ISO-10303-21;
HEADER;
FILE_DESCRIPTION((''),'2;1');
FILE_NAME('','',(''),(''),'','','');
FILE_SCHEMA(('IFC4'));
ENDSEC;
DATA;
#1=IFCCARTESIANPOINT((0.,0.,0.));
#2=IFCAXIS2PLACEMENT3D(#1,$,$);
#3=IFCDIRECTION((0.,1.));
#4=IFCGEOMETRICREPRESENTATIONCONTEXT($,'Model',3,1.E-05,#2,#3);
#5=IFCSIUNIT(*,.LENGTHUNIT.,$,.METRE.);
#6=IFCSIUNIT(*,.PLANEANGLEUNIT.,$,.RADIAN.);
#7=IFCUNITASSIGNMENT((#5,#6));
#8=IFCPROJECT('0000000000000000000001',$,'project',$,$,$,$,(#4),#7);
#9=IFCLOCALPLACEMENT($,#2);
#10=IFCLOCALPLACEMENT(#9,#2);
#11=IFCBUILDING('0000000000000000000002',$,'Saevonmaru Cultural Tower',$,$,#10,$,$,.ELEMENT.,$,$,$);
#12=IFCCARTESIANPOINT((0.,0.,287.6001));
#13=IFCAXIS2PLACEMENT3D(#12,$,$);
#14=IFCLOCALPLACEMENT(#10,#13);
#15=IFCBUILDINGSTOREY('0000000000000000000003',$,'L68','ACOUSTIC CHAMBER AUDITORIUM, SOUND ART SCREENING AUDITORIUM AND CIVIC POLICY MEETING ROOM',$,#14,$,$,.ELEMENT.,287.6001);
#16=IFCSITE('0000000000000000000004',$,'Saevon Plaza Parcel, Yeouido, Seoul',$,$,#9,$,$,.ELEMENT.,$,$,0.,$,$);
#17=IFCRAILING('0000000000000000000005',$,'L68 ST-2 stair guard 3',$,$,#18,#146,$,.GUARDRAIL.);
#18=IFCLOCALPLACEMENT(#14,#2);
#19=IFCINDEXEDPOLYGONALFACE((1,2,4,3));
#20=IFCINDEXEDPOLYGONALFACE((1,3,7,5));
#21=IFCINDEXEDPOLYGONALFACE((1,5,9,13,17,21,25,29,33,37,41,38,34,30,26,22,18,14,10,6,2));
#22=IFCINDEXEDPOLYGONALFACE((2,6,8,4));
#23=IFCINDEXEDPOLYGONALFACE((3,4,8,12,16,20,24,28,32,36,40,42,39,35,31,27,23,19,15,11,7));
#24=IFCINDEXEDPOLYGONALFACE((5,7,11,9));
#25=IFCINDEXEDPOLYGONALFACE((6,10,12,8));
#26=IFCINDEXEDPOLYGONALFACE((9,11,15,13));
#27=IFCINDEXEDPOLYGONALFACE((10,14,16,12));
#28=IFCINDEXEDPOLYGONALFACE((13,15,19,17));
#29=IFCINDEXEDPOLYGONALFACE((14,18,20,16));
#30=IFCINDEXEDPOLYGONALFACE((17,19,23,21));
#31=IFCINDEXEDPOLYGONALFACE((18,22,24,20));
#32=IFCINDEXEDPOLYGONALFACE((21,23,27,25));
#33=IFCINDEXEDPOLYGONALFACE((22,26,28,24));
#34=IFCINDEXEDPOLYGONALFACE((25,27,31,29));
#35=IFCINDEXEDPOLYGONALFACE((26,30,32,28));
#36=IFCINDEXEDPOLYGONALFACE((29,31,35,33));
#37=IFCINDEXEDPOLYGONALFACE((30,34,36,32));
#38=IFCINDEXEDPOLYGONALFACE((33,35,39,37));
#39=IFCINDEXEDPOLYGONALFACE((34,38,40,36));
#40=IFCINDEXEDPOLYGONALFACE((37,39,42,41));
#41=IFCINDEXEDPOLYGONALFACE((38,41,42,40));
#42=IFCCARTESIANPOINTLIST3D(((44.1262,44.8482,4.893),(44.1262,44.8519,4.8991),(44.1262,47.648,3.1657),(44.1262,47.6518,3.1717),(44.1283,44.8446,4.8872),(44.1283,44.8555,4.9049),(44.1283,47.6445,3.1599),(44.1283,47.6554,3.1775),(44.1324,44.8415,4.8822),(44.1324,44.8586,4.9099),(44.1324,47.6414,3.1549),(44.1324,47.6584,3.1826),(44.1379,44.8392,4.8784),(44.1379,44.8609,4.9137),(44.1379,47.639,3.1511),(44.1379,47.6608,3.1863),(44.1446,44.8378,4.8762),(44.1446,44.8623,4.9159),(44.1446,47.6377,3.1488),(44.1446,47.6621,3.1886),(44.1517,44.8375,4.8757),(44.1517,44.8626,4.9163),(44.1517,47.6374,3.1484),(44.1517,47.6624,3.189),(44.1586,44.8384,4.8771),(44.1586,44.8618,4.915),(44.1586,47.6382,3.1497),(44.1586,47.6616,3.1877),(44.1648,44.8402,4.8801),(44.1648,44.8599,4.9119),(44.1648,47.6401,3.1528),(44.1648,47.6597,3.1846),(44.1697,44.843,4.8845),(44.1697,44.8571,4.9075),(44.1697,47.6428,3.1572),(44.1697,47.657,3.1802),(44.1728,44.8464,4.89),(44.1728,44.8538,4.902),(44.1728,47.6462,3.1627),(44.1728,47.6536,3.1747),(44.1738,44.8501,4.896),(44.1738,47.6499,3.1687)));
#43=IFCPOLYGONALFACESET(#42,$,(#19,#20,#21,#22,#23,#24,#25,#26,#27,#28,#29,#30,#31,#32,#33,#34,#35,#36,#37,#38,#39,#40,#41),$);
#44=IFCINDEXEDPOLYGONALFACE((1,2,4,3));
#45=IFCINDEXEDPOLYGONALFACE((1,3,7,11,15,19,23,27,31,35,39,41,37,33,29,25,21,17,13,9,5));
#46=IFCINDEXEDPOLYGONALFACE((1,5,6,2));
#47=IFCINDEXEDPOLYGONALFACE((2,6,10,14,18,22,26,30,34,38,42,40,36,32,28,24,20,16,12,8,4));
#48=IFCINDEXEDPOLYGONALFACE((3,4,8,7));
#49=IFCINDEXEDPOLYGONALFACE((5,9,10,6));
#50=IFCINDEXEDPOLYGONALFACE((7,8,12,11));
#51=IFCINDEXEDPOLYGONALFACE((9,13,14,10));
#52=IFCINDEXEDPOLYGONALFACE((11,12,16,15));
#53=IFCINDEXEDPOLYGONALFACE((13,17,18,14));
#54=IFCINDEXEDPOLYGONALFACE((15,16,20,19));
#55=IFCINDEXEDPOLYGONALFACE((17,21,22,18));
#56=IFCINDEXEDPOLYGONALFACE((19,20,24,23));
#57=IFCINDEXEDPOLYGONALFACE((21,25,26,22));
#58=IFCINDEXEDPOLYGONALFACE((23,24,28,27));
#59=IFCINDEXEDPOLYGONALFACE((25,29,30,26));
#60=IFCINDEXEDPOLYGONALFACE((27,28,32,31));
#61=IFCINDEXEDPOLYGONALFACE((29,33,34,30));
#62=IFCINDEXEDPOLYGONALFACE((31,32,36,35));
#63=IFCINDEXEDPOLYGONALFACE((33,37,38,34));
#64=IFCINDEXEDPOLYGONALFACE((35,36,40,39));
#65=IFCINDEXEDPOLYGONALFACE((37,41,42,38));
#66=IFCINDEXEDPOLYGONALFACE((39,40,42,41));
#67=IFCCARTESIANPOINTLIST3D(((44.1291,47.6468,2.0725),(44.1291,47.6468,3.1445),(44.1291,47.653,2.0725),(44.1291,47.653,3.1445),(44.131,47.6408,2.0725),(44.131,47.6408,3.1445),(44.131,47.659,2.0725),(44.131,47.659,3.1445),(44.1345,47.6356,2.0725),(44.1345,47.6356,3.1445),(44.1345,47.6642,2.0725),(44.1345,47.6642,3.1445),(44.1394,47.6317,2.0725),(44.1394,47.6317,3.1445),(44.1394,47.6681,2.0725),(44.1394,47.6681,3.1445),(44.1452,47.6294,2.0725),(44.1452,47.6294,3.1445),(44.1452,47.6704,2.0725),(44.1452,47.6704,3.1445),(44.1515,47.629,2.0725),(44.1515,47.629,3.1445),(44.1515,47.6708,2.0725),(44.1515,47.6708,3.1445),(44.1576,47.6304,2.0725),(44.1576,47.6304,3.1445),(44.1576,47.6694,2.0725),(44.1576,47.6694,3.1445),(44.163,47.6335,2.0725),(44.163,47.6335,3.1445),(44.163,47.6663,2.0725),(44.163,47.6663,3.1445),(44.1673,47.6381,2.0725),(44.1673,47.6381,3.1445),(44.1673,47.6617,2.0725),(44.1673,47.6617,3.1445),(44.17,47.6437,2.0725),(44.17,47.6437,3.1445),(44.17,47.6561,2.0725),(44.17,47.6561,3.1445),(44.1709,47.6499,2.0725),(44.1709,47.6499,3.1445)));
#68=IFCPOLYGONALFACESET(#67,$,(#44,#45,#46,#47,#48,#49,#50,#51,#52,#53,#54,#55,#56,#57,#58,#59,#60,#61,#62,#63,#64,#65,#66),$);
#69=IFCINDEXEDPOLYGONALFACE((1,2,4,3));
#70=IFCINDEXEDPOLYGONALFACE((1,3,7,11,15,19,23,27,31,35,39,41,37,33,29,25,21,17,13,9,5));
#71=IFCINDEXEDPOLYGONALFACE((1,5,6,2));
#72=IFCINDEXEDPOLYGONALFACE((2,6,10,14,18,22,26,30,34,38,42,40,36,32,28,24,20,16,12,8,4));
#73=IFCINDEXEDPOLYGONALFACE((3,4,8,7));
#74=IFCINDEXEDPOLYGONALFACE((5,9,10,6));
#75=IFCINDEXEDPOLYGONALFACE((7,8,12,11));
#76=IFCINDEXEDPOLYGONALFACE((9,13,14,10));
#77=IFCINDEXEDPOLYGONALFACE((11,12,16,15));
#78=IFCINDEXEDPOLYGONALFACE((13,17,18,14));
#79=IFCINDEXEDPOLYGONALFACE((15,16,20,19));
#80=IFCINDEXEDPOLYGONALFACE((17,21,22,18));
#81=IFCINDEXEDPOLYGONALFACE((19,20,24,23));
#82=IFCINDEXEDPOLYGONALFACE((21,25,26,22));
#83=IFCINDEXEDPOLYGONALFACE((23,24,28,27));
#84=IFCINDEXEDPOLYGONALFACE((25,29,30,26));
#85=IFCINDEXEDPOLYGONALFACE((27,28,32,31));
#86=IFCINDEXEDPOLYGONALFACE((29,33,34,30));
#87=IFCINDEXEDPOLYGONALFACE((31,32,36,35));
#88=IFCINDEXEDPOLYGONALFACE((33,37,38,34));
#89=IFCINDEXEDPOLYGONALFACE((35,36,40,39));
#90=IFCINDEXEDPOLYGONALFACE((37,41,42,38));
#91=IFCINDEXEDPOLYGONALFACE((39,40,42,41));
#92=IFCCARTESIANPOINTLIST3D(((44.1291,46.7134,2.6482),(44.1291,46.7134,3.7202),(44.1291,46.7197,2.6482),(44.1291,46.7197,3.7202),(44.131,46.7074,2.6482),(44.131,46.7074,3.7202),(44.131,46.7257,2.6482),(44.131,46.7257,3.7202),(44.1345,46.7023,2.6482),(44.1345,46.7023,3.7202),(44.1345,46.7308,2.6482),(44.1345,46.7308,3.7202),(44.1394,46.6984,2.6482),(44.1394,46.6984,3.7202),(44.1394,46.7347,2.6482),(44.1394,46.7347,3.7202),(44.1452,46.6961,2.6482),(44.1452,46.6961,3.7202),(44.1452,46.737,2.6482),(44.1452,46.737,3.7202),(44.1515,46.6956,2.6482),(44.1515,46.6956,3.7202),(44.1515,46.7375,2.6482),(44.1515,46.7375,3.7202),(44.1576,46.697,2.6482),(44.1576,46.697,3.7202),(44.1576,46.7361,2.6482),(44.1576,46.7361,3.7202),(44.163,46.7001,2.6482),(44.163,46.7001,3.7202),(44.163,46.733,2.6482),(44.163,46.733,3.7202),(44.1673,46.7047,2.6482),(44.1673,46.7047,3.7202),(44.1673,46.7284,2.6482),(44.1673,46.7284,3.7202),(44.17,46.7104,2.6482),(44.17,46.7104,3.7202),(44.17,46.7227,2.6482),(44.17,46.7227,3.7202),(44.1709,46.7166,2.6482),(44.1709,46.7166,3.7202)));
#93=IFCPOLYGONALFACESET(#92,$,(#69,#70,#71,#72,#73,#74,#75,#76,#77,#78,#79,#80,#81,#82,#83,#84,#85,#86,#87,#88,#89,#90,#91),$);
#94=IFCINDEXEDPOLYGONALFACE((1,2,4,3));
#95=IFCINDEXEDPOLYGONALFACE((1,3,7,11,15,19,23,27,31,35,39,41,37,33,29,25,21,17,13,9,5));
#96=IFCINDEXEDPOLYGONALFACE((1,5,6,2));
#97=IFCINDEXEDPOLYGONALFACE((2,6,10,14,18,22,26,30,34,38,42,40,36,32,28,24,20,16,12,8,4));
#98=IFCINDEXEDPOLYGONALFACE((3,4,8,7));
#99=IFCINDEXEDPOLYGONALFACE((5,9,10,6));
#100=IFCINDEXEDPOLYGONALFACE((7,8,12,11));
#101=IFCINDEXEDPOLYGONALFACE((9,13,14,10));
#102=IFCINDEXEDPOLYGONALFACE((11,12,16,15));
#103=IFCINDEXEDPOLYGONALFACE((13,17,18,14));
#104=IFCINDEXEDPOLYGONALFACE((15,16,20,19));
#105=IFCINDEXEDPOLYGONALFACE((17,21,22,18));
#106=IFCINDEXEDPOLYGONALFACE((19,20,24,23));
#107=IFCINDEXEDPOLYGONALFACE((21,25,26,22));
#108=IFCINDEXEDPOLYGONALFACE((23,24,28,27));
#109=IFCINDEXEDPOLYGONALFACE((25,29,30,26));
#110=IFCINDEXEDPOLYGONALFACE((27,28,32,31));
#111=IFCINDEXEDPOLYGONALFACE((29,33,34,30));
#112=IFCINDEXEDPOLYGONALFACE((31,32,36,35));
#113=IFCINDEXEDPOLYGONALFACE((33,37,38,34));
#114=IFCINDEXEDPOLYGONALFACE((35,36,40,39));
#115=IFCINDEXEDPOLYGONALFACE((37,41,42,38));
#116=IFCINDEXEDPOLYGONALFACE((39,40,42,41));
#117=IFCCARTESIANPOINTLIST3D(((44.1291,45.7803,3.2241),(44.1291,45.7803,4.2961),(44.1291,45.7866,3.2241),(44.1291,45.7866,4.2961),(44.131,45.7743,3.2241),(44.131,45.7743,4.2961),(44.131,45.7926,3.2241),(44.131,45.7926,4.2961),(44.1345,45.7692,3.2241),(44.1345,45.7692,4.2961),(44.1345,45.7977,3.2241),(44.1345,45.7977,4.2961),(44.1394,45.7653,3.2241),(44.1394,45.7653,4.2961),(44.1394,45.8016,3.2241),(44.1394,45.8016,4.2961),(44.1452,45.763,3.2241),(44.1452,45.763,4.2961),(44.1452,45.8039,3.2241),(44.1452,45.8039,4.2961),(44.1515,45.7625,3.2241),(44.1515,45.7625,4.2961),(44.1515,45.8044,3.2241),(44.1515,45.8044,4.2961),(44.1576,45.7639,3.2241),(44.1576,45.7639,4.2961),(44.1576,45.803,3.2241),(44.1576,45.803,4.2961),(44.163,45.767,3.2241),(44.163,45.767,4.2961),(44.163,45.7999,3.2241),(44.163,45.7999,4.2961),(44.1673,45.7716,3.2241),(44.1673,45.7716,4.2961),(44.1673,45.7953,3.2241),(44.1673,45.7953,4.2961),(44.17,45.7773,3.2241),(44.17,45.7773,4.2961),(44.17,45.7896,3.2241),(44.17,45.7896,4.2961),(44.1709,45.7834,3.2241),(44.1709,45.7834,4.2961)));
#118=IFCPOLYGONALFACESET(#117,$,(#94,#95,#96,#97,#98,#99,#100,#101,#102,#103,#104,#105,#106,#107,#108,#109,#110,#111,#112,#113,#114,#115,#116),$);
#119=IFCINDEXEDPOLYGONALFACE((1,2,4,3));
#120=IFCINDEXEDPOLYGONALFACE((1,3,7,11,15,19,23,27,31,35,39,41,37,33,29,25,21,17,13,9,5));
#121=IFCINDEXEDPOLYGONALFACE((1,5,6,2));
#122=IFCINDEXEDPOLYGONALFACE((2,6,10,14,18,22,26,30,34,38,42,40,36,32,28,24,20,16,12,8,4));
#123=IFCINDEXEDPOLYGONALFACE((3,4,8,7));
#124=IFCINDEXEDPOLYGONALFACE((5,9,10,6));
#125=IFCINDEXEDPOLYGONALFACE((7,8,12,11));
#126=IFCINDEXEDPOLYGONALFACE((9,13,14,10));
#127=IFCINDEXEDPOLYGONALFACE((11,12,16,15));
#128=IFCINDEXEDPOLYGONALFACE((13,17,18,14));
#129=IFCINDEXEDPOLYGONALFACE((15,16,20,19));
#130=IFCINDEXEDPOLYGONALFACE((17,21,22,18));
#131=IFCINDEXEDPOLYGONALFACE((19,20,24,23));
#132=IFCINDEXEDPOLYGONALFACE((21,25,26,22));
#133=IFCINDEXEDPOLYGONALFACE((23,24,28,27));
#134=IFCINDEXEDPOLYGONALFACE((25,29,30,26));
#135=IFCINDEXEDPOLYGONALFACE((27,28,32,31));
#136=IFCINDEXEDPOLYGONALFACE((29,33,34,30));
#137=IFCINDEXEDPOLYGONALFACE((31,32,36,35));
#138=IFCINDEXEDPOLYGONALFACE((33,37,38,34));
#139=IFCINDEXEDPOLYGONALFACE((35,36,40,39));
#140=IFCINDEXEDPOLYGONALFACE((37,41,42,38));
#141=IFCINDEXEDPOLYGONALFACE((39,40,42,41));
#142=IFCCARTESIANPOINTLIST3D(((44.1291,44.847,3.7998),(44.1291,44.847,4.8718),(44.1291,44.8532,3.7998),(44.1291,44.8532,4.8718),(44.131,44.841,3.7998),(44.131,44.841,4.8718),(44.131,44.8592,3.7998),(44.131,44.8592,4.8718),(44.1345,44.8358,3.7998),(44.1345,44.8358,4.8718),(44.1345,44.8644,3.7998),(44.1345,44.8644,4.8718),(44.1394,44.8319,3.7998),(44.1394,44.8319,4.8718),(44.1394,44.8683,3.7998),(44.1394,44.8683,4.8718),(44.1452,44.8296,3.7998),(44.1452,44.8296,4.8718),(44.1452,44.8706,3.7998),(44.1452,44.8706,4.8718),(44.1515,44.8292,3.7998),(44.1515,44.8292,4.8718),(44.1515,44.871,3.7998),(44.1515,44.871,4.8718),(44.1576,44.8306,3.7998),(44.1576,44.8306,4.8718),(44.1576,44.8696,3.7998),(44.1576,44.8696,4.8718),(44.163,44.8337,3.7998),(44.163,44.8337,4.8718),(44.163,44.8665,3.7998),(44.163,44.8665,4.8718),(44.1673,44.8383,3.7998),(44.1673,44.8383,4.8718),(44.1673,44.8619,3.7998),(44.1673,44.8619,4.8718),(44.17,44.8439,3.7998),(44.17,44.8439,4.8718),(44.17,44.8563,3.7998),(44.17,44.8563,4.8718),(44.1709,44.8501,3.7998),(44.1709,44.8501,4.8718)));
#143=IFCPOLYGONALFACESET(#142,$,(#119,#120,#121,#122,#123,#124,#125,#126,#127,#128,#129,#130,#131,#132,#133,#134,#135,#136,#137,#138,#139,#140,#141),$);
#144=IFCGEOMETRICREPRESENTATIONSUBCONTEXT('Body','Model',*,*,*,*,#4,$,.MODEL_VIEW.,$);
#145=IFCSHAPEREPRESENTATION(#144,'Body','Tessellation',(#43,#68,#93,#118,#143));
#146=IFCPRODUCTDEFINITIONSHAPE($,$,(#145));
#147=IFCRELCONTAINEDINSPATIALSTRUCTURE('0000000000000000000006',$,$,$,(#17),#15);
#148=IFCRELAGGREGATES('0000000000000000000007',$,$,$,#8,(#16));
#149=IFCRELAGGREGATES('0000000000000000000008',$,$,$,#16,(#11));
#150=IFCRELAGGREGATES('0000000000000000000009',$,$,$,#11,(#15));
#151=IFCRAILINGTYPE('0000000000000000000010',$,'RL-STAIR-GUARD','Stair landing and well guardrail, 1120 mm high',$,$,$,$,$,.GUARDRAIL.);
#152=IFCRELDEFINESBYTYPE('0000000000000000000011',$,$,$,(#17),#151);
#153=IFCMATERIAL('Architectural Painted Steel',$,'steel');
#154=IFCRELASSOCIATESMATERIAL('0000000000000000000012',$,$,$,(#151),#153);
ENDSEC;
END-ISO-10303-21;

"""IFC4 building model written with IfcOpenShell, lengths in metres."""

from ifc_helpers import new_model, si_unit, direction, frame, origin, origin_2d, place, context, subcontext, project, spatial, circle, extrude, material, type_object, element, save


model = new_model("IFC4")

# Units and contexts
model_context = context("Model", 3, precision=1e-05, world=origin(), true_north=direction((0.0, 1.0)))
body_context = subcontext(model_context, "Body", "Model", "MODEL_VIEW")
ifc_project = project(units=[si_unit("LENGTHUNIT", "METRE"), si_unit("PLANEANGLEUNIT", "RADIAN")], contexts=[model_context])

# Site, building, storey
site_placement = place(None, origin())
site = spatial("IfcSite", under=ifc_project, at=site_placement, Name="Saevon Plaza Parcel, Yeouido, Seoul", CompositionType="ELEMENT", RefElevation=0.0)
building_placement = place(site_placement, origin())
building = spatial("IfcBuilding", under=site, at=building_placement, Name="Saevonmaru Cultural Tower", CompositionType="ELEMENT")
storey_placement = place(building_placement, frame((0.0, 0.0, 287.6001)))
storey = spatial("IfcBuildingStorey", under=building, at=storey_placement, Name="L68", Description="ACOUSTIC CHAMBER AUDITORIUM, SOUND ART SCREENING AUDITORIUM AND CIVIC POLICY MEETING ROOM", CompositionType="ELEMENT", Elevation=287.6001)

# Railing
ifc_material_1 = material(Name="Architectural Painted Steel", Category="steel")
railing_type_1 = type_object("IfcRailingType", Name="RL-STAIR-GUARD", Description="Stair landing and well guardrail, 1120 mm high", PredefinedType="GUARDRAIL", material=ifc_material_1)
railing_1_placement = place(storey_placement, frame((44.1499, 47.6499, 2.0725)))
element("IfcRailing", 1, at=railing_1_placement, inside=storey, type_object=railing_type_1, Name="L68 ST-2 stair guard 3", PredefinedType="GUARDRAIL", context=body_context, shape_type="SweptSolid", body=[
    extrude(circle(Radius=0.0239, at=origin_2d()), frame((0.0, 0.0, 1.0962), z_axis=(0.0, -0.851069, 0.525054), x_axis=(1.0, 0.0, 0.0)), (0.0, 0.0, 1.0), 3.2898),
    extrude(circle(Radius=0.021, at=origin_2d()), origin(), (0.0, 0.0, 1.0), 1.072),
    extrude(circle(Radius=0.021, at=origin_2d()), frame((0.0, -0.9333, 0.5757)), (0.0, 0.0, 1.0), 1.072),
    extrude(circle(Radius=0.021, at=origin_2d()), frame((0.0, -1.8665, 1.1516)), (0.0, 0.0, 1.0), 1.072),
    extrude(circle(Radius=0.021, at=origin_2d()), frame((0.0, -2.7998, 1.7273)), (0.0, 0.0, 1.0), 1.072),
])

save(model, "model.ifc")
